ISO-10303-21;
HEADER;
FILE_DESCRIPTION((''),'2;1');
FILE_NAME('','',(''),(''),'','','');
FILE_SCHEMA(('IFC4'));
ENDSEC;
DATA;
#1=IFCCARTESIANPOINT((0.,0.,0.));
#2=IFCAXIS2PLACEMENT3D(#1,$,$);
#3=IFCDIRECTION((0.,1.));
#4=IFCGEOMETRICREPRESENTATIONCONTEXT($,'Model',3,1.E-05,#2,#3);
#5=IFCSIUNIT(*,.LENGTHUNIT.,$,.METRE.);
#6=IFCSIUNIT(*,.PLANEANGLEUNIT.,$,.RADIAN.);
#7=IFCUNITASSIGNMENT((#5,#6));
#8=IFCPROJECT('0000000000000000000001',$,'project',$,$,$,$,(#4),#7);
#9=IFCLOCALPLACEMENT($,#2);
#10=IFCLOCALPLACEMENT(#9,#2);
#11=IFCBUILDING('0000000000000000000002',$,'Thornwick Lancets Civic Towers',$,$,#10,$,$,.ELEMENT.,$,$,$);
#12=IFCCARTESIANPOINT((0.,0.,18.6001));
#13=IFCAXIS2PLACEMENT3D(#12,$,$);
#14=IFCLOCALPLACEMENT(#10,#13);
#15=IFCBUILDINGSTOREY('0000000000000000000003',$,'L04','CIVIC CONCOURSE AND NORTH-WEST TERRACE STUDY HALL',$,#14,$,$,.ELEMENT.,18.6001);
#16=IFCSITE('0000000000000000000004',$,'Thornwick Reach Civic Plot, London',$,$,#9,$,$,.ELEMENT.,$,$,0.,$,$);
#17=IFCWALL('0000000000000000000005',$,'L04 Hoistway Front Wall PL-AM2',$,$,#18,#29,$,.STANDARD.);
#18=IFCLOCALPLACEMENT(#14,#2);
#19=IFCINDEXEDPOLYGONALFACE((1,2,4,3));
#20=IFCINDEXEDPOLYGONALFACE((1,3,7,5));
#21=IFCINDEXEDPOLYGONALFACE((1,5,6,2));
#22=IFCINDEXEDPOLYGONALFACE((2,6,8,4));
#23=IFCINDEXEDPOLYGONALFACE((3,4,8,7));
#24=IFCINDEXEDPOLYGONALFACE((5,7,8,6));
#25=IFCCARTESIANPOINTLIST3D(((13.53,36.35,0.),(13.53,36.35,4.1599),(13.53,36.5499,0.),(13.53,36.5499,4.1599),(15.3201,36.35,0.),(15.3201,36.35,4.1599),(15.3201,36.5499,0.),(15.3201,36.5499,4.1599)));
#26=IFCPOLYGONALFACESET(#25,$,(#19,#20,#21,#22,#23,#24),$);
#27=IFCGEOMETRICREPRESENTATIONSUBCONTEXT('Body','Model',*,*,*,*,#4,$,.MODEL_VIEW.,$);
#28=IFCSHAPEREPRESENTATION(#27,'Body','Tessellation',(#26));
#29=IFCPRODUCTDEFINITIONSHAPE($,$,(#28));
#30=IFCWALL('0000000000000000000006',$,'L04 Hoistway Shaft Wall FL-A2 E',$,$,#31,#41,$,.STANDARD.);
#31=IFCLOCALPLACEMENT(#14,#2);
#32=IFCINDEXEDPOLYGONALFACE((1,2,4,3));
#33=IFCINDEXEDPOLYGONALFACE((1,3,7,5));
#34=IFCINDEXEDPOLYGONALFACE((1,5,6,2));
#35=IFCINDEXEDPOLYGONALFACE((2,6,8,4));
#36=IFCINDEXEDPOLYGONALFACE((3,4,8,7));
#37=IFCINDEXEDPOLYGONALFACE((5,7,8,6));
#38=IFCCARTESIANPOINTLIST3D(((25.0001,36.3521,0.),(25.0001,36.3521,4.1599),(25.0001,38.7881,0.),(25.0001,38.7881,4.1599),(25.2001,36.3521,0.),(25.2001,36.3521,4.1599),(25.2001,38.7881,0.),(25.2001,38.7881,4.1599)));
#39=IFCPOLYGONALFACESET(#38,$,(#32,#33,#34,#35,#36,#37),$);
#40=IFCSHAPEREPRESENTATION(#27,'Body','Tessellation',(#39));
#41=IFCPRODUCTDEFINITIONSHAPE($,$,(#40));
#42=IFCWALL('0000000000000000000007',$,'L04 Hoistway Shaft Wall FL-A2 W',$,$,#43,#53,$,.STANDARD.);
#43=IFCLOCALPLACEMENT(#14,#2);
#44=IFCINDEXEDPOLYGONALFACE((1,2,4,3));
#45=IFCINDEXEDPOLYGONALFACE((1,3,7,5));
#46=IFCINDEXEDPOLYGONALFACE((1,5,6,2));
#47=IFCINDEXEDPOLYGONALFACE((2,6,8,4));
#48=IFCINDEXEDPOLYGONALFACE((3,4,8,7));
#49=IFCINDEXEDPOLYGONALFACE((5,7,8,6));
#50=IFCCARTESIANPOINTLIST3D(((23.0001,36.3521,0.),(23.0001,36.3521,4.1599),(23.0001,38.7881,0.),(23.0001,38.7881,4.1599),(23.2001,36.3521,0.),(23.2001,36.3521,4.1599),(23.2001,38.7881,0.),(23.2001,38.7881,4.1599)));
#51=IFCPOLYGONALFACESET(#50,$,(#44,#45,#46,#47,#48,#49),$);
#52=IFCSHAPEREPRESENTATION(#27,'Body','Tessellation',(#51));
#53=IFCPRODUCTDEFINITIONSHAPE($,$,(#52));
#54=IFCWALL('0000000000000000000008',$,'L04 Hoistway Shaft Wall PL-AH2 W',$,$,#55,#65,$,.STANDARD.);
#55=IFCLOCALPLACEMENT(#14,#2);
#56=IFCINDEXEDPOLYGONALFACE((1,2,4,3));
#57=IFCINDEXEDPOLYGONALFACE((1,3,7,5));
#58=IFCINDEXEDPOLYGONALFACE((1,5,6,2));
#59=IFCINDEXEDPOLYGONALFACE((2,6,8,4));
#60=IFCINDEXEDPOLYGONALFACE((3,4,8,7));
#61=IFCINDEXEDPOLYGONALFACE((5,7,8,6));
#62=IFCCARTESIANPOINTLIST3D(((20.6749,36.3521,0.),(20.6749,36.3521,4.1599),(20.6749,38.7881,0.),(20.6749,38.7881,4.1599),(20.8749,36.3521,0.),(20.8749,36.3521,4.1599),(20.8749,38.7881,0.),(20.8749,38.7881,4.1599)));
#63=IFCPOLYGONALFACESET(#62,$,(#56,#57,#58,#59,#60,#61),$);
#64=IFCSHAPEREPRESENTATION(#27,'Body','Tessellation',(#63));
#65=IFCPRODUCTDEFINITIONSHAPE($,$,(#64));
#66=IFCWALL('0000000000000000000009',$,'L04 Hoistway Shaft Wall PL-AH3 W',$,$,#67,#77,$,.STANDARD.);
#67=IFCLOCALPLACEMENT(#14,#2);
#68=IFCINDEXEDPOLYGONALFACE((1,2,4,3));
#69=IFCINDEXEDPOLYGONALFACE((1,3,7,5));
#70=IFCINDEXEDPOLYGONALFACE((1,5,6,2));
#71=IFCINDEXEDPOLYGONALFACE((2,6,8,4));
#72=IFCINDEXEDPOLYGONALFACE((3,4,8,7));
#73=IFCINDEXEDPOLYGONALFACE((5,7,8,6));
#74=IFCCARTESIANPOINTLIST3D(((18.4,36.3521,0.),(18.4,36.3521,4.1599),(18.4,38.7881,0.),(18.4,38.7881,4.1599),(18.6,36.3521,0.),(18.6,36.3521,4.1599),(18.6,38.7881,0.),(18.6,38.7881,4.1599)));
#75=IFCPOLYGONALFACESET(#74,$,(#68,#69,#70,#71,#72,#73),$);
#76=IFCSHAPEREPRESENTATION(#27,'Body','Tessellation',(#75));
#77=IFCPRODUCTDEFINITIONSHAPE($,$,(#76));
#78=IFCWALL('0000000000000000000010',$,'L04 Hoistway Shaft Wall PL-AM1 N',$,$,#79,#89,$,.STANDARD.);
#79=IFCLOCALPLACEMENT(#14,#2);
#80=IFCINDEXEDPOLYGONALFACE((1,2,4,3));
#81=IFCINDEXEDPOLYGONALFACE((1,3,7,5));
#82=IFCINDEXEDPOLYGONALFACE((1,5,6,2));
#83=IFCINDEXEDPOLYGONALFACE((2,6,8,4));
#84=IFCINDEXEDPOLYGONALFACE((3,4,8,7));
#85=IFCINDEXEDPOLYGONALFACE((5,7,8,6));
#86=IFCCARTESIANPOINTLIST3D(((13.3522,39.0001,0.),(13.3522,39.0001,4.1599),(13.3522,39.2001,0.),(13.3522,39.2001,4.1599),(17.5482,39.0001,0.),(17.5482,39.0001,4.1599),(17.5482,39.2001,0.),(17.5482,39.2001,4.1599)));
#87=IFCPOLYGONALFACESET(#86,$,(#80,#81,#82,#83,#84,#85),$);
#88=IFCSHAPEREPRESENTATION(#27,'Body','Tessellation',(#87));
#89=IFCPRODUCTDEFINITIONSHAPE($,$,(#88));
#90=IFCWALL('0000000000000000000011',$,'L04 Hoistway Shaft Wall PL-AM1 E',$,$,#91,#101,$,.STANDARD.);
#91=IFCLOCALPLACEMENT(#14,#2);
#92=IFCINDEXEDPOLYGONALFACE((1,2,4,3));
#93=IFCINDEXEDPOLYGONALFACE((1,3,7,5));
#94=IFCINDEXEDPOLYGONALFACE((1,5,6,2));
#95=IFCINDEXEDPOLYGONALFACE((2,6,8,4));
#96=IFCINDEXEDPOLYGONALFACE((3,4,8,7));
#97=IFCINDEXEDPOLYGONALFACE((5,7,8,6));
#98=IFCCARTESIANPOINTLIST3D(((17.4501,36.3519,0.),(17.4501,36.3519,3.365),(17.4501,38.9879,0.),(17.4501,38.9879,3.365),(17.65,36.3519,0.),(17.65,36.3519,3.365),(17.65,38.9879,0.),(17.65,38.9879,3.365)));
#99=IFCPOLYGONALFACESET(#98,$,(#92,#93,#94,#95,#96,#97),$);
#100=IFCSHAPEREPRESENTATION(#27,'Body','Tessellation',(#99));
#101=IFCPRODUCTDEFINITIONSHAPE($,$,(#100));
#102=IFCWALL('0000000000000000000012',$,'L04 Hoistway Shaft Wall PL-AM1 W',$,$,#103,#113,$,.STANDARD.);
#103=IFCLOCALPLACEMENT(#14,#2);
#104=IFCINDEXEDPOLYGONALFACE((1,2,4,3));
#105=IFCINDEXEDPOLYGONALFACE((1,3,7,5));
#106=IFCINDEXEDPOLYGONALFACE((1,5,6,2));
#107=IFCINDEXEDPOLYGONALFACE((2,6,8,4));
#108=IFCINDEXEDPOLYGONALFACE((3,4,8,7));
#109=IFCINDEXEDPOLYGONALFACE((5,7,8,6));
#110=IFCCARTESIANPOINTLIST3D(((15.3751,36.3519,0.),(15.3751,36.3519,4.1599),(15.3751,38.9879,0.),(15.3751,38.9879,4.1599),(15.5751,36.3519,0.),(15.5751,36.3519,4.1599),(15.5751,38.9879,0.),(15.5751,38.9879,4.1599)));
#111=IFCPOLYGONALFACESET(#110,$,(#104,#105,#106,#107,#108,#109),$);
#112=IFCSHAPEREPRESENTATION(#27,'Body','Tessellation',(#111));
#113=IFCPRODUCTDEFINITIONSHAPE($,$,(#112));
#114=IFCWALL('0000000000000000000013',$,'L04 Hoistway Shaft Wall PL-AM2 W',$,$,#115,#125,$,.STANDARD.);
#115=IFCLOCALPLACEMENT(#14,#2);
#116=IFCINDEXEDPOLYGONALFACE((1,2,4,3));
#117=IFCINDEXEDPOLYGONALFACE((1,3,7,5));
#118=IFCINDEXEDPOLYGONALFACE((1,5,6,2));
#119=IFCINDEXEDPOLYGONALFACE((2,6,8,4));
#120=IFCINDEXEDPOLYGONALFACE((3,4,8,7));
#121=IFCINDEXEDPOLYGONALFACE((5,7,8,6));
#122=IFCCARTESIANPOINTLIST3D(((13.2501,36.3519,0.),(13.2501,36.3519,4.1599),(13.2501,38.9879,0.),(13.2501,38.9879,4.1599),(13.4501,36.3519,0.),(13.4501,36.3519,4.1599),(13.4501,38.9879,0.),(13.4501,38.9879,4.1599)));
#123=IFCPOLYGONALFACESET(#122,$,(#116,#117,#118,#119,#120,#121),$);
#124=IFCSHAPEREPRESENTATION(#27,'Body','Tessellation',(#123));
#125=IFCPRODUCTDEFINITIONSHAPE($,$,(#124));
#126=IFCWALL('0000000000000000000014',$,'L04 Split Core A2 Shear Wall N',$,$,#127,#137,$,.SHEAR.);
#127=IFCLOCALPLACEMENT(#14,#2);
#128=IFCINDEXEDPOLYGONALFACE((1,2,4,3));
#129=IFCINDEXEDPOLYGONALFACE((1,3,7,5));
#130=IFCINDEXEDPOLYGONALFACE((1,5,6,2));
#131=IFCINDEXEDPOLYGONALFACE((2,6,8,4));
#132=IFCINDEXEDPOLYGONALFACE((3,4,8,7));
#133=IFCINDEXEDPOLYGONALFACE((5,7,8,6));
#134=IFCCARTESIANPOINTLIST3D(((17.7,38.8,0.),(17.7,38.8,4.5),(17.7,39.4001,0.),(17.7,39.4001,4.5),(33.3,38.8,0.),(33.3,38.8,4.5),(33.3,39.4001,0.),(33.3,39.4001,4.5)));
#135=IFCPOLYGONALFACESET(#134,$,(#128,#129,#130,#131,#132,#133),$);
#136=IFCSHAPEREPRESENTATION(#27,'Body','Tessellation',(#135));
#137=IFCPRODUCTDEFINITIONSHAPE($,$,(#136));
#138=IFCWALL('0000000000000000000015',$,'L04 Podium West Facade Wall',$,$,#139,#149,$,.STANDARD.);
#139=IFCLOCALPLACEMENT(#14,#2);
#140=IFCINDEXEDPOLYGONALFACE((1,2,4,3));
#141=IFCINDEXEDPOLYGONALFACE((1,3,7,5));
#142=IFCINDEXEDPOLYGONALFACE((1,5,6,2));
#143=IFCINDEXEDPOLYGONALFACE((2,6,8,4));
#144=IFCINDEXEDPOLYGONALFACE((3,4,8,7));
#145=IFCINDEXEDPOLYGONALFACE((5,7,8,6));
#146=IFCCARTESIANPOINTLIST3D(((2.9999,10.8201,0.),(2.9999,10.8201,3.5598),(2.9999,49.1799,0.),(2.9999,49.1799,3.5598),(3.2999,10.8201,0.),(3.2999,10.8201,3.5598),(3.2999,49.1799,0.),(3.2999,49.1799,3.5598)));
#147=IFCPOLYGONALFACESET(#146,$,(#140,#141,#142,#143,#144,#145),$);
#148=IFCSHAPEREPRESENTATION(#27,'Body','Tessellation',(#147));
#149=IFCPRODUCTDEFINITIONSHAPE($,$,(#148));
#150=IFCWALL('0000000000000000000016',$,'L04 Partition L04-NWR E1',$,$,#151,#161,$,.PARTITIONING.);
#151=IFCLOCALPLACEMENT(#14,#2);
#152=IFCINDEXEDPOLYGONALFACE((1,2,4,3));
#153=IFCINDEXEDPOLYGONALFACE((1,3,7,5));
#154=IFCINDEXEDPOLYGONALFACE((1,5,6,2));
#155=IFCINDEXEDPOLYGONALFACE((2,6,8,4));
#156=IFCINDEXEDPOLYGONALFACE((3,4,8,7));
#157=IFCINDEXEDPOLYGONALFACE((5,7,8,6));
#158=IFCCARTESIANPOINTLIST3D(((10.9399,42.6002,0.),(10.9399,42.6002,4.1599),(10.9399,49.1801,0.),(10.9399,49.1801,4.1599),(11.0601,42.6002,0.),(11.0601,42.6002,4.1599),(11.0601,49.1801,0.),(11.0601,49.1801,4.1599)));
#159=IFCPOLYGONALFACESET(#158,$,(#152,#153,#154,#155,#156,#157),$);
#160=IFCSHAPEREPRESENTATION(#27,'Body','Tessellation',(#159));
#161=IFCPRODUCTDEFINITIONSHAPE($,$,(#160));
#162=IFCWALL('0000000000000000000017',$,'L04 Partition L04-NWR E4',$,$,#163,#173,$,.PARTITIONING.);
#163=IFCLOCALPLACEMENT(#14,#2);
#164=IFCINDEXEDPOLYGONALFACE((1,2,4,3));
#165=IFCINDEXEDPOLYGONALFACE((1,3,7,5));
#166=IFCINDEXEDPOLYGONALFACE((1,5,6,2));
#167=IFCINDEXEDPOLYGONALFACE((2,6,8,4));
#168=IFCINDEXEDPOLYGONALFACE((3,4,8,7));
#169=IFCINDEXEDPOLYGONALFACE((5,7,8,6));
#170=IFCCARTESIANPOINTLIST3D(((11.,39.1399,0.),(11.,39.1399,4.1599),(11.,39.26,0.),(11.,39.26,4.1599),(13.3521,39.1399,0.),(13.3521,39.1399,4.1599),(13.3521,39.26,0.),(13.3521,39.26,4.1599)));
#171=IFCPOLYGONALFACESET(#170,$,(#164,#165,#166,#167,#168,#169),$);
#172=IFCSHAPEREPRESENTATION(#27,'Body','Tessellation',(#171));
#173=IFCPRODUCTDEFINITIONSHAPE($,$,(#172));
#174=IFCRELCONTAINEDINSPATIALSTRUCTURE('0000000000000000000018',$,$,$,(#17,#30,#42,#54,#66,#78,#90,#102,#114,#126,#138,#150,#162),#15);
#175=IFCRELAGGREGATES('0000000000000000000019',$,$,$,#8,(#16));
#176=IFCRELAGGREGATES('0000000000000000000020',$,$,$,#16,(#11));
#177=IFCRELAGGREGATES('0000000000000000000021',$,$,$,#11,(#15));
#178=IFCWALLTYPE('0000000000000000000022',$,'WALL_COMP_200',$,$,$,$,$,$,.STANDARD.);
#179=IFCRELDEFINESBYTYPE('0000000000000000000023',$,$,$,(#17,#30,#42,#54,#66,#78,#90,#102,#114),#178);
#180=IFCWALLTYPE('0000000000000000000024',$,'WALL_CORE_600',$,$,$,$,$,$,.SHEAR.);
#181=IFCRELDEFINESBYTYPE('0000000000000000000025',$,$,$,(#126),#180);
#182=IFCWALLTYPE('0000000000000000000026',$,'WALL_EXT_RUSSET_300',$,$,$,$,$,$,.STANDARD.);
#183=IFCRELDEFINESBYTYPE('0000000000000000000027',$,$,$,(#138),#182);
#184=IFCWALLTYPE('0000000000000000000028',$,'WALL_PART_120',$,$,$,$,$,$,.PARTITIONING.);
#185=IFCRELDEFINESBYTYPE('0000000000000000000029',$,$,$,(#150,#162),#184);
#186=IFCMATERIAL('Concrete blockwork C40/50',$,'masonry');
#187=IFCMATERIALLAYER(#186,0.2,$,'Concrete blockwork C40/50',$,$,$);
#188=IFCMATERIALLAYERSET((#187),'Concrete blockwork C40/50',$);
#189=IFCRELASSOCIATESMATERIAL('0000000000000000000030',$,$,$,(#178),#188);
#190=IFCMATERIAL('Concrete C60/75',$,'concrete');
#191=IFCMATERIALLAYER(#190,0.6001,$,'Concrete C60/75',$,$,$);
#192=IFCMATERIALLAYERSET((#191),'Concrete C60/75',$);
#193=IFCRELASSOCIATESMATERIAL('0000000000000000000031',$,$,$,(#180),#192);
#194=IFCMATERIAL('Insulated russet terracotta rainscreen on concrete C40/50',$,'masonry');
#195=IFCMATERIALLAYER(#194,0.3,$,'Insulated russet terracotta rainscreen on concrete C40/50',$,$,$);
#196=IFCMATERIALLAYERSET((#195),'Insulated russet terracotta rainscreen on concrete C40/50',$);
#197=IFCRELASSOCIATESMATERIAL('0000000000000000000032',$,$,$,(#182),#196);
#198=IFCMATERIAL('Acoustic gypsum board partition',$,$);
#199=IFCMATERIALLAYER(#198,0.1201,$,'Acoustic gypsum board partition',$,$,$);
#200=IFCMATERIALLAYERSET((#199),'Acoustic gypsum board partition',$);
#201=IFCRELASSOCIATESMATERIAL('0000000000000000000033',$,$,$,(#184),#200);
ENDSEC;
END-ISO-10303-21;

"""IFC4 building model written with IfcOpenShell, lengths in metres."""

from ifc_helpers import new_model, si_unit, direction, frame, frame_2d, origin, place, context, subcontext, project, spatial, rectangle, extrude, material, layer, layer_set, type_object, element, save


model = new_model("IFC4")

# Units and contexts
model_context = context("Model", 3, precision=1e-05, world=origin(), true_north=direction((0.0, 1.0)))
body_context = subcontext(model_context, "Body", "Model", "MODEL_VIEW")
ifc_project = project(units=[si_unit("LENGTHUNIT", "METRE"), si_unit("PLANEANGLEUNIT", "RADIAN")], contexts=[model_context])

# Site, building, storey
site_placement = place(None, origin())
site = spatial("IfcSite", under=ifc_project, at=site_placement, Name="Thornwick Reach Civic Plot, London", CompositionType="ELEMENT", RefElevation=0.0)
building_placement = place(site_placement, origin())
building = spatial("IfcBuilding", under=site, at=building_placement, Name="Thornwick Lancets Civic Towers", CompositionType="ELEMENT")
storey_placement = place(building_placement, frame((0.0, 0.0, 18.6001)))
storey = spatial("IfcBuildingStorey", under=building, at=storey_placement, Name="L04", Description="CIVIC CONCOURSE AND NORTH-WEST TERRACE STUDY HALL", CompositionType="ELEMENT", Elevation=18.6001)

# Shared definitions
ifc_material_1 = material(Name="Concrete C60/75", Category="concrete")

# Shared definitions
ifc_material_2 = material(Name="Concrete blockwork C40/50", Category="masonry")
ifc_layer_1 = layer(ifc_material_2, 0.2, Name="Concrete blockwork C40/50")
ifc_layer_set_1 = layer_set([ifc_layer_1], Name="Concrete blockwork C40/50")
wall_type_1 = type_object("IfcWallType", Name="WALL_COMP_200", PredefinedType="STANDARD", material=ifc_layer_set_1)

# Walls
wall_1_placement = place(storey_placement, frame((15.3201, 36.45, 0.0), z_axis=(0.0, 0.0, 1.0), x_axis=(-1.0, 0.0, 0.0)))
element("IfcWall", 1, at=wall_1_placement, inside=storey, type_object=wall_type_1, Name="L04 Hoistway Front Wall PL-AM2", PredefinedType="STANDARD", context=body_context, shape_type="SweptSolid", body=[
    extrude(rectangle(XDim=1.79, YDim=0.2, at=frame_2d((0.895, 0.0))), origin(), (0.0, 0.0, 1.0), 4.1599),
])
for number, where, z_axis, x_axis, name in (
    (2, (25.1001, 36.3521, 0.0), (0.0, 0.0, 1.0), (0.0, 1.0, 0.0), "L04 Hoistway Shaft Wall FL-A2 E"),
    (3, (23.1001, 36.3521, 0.0), (0.0, 0.0, 1.0), (0.0, 1.0, 0.0), "L04 Hoistway Shaft Wall FL-A2 W"),
    (4, (20.7749, 36.3521, 0.0), (0.0, 0.0, 1.0), (0.0, 1.0, 0.0), "L04 Hoistway Shaft Wall PL-AH2 W"),
    (5, (18.5, 36.3521, 0.0), (0.0, 0.0, 1.0), (0.0, 1.0, 0.0), "L04 Hoistway Shaft Wall PL-AH3 W"),
):
    element("IfcWall", number, at=place(storey_placement, frame(where, z_axis=z_axis, x_axis=x_axis)), inside=storey, type_object=wall_type_1, Name=name, PredefinedType="STANDARD", context=body_context, shape_type="SweptSolid", body=[
        extrude(rectangle(XDim=2.436, YDim=0.2, at=frame_2d((1.218, 0.0))), origin(), (0.0, 0.0, 1.0), 4.1599),
    ])
wall_2_placement = place(storey_placement, frame((13.3521, 39.1001, 0.0), z_axis=(0.0, 0.0, 1.0), x_axis=(1.0, 0.0, 0.0)))
element("IfcWall", 6, at=wall_2_placement, inside=storey, type_object=wall_type_1, Name="L04 Hoistway Shaft Wall PL-AM1 N", PredefinedType="STANDARD", context=body_context, shape_type="SweptSolid", body=[
    extrude(rectangle(XDim=4.196, YDim=0.2, at=frame_2d((2.0981, 0.0))), origin(), (0.0, 0.0, 1.0), 4.1599),
])
wall_3_placement = place(storey_placement, frame((17.55, 36.3521, 0.0), z_axis=(0.0, 0.0, 1.0), x_axis=(0.0, 1.0, 0.0)))
element("IfcWall", 7, at=wall_3_placement, inside=storey, type_object=wall_type_1, Name="L04 Hoistway Shaft Wall PL-AM1 E", PredefinedType="STANDARD", context=body_context, shape_type="SweptSolid", body=[
    extrude(rectangle(XDim=2.636, YDim=0.2, at=frame_2d((1.3179, 0.0))), origin(), (0.0, 0.0, 1.0), 3.365),
])
for number, where, z_axis, x_axis, name in (
    (8, (15.4751, 36.3521, 0.0), (0.0, 0.0, 1.0), (0.0, 1.0, 0.0), "L04 Hoistway Shaft Wall PL-AM1 W"),
    (9, (13.3501, 36.3521, 0.0), (0.0, 0.0, 1.0), (0.0, 1.0, 0.0), "L04 Hoistway Shaft Wall PL-AM2 W"),
):
    element("IfcWall", number, at=place(storey_placement, frame(where, z_axis=z_axis, x_axis=x_axis)), inside=storey, type_object=wall_type_1, Name=name, PredefinedType="STANDARD", context=body_context, shape_type="SweptSolid", body=[
        extrude(rectangle(XDim=2.636, YDim=0.2, at=frame_2d((1.3179, 0.0))), origin(), (0.0, 0.0, 1.0), 4.1599),
    ])
ifc_layer_2 = layer(ifc_material_1, 0.6001, Name="Concrete C60/75")
ifc_layer_set_2 = layer_set([ifc_layer_2], Name="Concrete C60/75")
wall_type_2 = type_object("IfcWallType", Name="WALL_CORE_600", PredefinedType="SHEAR", material=ifc_layer_set_2)
wall_4_placement = place(storey_placement, frame((17.7, 39.1001, 0.0), z_axis=(0.0, 0.0, 1.0), x_axis=(1.0, 0.0, 0.0)))
element("IfcWall", 10, at=wall_4_placement, inside=storey, type_object=wall_type_2, Name="L04 Split Core A2 Shear Wall N", PredefinedType="SHEAR", context=body_context, shape_type="SweptSolid", body=[
    extrude(rectangle(XDim=15.6001, YDim=0.6001, at=frame_2d((7.8, 0.0))), origin(), (0.0, 0.0, 1.0), 4.5),
])
ifc_material_3 = material(Name="Insulated russet terracotta rainscreen on concrete C40/50", Category="masonry")
ifc_layer_3 = layer(ifc_material_3, 0.3, Name="Insulated russet terracotta rainscreen on concrete C40/50")
ifc_layer_set_3 = layer_set([ifc_layer_3], Name="Insulated russet terracotta rainscreen on concrete C40/50")
wall_type_3 = type_object("IfcWallType", Name="WALL_EXT_RUSSET_300", PredefinedType="STANDARD", material=ifc_layer_set_3)
wall_5_placement = place(storey_placement, frame((3.1499, 49.1799, 0.0), z_axis=(0.0, 0.0, 1.0), x_axis=(0.0, -1.0, 0.0)))
element("IfcWall", 11, at=wall_5_placement, inside=storey, type_object=wall_type_3, Name="L04 Podium West Facade Wall", PredefinedType="STANDARD", context=body_context, shape_type="SweptSolid", body=[
    extrude(rectangle(XDim=38.3599, YDim=0.3, at=frame_2d((19.1799, 0.0))), origin(), (0.0, 0.0, 1.0), 3.5598),
])
ifc_material_4 = material(Name="Acoustic gypsum board partition")
ifc_layer_4 = layer(ifc_material_4, 0.1201, Name="Acoustic gypsum board partition")
ifc_layer_set_4 = layer_set([ifc_layer_4], Name="Acoustic gypsum board partition")
wall_type_4 = type_object("IfcWallType", Name="WALL_PART_120", PredefinedType="PARTITIONING", material=ifc_layer_set_4)
wall_6_placement = place(storey_placement, frame((11.0, 42.6001, 0.0), z_axis=(0.0, 0.0, 1.0), x_axis=(0.0, 1.0, 0.0)))
element("IfcWall", 12, at=wall_6_placement, inside=storey, type_object=wall_type_4, Name="L04 Partition L04-NWR E1", PredefinedType="PARTITIONING", context=body_context, shape_type="SweptSolid", body=[
    extrude(rectangle(XDim=6.5798, YDim=0.1201, at=frame_2d((3.29, 0.0))), origin(), (0.0, 0.0, 1.0), 4.1599),
])
wall_7_placement = place(storey_placement, frame((13.3521, 39.2, 0.0), z_axis=(0.0, 0.0, 1.0), x_axis=(-1.0, 0.0, 0.0)))
element("IfcWall", 13, at=wall_7_placement, inside=storey, type_object=wall_type_4, Name="L04 Partition L04-NWR E4", PredefinedType="PARTITIONING", context=body_context, shape_type="SweptSolid", body=[
    extrude(rectangle(XDim=2.3521, YDim=0.1201, at=frame_2d((1.176, 0.0))), origin(), (0.0, 0.0, 1.0), 4.1599),
])

save(model, "model.ifc")
